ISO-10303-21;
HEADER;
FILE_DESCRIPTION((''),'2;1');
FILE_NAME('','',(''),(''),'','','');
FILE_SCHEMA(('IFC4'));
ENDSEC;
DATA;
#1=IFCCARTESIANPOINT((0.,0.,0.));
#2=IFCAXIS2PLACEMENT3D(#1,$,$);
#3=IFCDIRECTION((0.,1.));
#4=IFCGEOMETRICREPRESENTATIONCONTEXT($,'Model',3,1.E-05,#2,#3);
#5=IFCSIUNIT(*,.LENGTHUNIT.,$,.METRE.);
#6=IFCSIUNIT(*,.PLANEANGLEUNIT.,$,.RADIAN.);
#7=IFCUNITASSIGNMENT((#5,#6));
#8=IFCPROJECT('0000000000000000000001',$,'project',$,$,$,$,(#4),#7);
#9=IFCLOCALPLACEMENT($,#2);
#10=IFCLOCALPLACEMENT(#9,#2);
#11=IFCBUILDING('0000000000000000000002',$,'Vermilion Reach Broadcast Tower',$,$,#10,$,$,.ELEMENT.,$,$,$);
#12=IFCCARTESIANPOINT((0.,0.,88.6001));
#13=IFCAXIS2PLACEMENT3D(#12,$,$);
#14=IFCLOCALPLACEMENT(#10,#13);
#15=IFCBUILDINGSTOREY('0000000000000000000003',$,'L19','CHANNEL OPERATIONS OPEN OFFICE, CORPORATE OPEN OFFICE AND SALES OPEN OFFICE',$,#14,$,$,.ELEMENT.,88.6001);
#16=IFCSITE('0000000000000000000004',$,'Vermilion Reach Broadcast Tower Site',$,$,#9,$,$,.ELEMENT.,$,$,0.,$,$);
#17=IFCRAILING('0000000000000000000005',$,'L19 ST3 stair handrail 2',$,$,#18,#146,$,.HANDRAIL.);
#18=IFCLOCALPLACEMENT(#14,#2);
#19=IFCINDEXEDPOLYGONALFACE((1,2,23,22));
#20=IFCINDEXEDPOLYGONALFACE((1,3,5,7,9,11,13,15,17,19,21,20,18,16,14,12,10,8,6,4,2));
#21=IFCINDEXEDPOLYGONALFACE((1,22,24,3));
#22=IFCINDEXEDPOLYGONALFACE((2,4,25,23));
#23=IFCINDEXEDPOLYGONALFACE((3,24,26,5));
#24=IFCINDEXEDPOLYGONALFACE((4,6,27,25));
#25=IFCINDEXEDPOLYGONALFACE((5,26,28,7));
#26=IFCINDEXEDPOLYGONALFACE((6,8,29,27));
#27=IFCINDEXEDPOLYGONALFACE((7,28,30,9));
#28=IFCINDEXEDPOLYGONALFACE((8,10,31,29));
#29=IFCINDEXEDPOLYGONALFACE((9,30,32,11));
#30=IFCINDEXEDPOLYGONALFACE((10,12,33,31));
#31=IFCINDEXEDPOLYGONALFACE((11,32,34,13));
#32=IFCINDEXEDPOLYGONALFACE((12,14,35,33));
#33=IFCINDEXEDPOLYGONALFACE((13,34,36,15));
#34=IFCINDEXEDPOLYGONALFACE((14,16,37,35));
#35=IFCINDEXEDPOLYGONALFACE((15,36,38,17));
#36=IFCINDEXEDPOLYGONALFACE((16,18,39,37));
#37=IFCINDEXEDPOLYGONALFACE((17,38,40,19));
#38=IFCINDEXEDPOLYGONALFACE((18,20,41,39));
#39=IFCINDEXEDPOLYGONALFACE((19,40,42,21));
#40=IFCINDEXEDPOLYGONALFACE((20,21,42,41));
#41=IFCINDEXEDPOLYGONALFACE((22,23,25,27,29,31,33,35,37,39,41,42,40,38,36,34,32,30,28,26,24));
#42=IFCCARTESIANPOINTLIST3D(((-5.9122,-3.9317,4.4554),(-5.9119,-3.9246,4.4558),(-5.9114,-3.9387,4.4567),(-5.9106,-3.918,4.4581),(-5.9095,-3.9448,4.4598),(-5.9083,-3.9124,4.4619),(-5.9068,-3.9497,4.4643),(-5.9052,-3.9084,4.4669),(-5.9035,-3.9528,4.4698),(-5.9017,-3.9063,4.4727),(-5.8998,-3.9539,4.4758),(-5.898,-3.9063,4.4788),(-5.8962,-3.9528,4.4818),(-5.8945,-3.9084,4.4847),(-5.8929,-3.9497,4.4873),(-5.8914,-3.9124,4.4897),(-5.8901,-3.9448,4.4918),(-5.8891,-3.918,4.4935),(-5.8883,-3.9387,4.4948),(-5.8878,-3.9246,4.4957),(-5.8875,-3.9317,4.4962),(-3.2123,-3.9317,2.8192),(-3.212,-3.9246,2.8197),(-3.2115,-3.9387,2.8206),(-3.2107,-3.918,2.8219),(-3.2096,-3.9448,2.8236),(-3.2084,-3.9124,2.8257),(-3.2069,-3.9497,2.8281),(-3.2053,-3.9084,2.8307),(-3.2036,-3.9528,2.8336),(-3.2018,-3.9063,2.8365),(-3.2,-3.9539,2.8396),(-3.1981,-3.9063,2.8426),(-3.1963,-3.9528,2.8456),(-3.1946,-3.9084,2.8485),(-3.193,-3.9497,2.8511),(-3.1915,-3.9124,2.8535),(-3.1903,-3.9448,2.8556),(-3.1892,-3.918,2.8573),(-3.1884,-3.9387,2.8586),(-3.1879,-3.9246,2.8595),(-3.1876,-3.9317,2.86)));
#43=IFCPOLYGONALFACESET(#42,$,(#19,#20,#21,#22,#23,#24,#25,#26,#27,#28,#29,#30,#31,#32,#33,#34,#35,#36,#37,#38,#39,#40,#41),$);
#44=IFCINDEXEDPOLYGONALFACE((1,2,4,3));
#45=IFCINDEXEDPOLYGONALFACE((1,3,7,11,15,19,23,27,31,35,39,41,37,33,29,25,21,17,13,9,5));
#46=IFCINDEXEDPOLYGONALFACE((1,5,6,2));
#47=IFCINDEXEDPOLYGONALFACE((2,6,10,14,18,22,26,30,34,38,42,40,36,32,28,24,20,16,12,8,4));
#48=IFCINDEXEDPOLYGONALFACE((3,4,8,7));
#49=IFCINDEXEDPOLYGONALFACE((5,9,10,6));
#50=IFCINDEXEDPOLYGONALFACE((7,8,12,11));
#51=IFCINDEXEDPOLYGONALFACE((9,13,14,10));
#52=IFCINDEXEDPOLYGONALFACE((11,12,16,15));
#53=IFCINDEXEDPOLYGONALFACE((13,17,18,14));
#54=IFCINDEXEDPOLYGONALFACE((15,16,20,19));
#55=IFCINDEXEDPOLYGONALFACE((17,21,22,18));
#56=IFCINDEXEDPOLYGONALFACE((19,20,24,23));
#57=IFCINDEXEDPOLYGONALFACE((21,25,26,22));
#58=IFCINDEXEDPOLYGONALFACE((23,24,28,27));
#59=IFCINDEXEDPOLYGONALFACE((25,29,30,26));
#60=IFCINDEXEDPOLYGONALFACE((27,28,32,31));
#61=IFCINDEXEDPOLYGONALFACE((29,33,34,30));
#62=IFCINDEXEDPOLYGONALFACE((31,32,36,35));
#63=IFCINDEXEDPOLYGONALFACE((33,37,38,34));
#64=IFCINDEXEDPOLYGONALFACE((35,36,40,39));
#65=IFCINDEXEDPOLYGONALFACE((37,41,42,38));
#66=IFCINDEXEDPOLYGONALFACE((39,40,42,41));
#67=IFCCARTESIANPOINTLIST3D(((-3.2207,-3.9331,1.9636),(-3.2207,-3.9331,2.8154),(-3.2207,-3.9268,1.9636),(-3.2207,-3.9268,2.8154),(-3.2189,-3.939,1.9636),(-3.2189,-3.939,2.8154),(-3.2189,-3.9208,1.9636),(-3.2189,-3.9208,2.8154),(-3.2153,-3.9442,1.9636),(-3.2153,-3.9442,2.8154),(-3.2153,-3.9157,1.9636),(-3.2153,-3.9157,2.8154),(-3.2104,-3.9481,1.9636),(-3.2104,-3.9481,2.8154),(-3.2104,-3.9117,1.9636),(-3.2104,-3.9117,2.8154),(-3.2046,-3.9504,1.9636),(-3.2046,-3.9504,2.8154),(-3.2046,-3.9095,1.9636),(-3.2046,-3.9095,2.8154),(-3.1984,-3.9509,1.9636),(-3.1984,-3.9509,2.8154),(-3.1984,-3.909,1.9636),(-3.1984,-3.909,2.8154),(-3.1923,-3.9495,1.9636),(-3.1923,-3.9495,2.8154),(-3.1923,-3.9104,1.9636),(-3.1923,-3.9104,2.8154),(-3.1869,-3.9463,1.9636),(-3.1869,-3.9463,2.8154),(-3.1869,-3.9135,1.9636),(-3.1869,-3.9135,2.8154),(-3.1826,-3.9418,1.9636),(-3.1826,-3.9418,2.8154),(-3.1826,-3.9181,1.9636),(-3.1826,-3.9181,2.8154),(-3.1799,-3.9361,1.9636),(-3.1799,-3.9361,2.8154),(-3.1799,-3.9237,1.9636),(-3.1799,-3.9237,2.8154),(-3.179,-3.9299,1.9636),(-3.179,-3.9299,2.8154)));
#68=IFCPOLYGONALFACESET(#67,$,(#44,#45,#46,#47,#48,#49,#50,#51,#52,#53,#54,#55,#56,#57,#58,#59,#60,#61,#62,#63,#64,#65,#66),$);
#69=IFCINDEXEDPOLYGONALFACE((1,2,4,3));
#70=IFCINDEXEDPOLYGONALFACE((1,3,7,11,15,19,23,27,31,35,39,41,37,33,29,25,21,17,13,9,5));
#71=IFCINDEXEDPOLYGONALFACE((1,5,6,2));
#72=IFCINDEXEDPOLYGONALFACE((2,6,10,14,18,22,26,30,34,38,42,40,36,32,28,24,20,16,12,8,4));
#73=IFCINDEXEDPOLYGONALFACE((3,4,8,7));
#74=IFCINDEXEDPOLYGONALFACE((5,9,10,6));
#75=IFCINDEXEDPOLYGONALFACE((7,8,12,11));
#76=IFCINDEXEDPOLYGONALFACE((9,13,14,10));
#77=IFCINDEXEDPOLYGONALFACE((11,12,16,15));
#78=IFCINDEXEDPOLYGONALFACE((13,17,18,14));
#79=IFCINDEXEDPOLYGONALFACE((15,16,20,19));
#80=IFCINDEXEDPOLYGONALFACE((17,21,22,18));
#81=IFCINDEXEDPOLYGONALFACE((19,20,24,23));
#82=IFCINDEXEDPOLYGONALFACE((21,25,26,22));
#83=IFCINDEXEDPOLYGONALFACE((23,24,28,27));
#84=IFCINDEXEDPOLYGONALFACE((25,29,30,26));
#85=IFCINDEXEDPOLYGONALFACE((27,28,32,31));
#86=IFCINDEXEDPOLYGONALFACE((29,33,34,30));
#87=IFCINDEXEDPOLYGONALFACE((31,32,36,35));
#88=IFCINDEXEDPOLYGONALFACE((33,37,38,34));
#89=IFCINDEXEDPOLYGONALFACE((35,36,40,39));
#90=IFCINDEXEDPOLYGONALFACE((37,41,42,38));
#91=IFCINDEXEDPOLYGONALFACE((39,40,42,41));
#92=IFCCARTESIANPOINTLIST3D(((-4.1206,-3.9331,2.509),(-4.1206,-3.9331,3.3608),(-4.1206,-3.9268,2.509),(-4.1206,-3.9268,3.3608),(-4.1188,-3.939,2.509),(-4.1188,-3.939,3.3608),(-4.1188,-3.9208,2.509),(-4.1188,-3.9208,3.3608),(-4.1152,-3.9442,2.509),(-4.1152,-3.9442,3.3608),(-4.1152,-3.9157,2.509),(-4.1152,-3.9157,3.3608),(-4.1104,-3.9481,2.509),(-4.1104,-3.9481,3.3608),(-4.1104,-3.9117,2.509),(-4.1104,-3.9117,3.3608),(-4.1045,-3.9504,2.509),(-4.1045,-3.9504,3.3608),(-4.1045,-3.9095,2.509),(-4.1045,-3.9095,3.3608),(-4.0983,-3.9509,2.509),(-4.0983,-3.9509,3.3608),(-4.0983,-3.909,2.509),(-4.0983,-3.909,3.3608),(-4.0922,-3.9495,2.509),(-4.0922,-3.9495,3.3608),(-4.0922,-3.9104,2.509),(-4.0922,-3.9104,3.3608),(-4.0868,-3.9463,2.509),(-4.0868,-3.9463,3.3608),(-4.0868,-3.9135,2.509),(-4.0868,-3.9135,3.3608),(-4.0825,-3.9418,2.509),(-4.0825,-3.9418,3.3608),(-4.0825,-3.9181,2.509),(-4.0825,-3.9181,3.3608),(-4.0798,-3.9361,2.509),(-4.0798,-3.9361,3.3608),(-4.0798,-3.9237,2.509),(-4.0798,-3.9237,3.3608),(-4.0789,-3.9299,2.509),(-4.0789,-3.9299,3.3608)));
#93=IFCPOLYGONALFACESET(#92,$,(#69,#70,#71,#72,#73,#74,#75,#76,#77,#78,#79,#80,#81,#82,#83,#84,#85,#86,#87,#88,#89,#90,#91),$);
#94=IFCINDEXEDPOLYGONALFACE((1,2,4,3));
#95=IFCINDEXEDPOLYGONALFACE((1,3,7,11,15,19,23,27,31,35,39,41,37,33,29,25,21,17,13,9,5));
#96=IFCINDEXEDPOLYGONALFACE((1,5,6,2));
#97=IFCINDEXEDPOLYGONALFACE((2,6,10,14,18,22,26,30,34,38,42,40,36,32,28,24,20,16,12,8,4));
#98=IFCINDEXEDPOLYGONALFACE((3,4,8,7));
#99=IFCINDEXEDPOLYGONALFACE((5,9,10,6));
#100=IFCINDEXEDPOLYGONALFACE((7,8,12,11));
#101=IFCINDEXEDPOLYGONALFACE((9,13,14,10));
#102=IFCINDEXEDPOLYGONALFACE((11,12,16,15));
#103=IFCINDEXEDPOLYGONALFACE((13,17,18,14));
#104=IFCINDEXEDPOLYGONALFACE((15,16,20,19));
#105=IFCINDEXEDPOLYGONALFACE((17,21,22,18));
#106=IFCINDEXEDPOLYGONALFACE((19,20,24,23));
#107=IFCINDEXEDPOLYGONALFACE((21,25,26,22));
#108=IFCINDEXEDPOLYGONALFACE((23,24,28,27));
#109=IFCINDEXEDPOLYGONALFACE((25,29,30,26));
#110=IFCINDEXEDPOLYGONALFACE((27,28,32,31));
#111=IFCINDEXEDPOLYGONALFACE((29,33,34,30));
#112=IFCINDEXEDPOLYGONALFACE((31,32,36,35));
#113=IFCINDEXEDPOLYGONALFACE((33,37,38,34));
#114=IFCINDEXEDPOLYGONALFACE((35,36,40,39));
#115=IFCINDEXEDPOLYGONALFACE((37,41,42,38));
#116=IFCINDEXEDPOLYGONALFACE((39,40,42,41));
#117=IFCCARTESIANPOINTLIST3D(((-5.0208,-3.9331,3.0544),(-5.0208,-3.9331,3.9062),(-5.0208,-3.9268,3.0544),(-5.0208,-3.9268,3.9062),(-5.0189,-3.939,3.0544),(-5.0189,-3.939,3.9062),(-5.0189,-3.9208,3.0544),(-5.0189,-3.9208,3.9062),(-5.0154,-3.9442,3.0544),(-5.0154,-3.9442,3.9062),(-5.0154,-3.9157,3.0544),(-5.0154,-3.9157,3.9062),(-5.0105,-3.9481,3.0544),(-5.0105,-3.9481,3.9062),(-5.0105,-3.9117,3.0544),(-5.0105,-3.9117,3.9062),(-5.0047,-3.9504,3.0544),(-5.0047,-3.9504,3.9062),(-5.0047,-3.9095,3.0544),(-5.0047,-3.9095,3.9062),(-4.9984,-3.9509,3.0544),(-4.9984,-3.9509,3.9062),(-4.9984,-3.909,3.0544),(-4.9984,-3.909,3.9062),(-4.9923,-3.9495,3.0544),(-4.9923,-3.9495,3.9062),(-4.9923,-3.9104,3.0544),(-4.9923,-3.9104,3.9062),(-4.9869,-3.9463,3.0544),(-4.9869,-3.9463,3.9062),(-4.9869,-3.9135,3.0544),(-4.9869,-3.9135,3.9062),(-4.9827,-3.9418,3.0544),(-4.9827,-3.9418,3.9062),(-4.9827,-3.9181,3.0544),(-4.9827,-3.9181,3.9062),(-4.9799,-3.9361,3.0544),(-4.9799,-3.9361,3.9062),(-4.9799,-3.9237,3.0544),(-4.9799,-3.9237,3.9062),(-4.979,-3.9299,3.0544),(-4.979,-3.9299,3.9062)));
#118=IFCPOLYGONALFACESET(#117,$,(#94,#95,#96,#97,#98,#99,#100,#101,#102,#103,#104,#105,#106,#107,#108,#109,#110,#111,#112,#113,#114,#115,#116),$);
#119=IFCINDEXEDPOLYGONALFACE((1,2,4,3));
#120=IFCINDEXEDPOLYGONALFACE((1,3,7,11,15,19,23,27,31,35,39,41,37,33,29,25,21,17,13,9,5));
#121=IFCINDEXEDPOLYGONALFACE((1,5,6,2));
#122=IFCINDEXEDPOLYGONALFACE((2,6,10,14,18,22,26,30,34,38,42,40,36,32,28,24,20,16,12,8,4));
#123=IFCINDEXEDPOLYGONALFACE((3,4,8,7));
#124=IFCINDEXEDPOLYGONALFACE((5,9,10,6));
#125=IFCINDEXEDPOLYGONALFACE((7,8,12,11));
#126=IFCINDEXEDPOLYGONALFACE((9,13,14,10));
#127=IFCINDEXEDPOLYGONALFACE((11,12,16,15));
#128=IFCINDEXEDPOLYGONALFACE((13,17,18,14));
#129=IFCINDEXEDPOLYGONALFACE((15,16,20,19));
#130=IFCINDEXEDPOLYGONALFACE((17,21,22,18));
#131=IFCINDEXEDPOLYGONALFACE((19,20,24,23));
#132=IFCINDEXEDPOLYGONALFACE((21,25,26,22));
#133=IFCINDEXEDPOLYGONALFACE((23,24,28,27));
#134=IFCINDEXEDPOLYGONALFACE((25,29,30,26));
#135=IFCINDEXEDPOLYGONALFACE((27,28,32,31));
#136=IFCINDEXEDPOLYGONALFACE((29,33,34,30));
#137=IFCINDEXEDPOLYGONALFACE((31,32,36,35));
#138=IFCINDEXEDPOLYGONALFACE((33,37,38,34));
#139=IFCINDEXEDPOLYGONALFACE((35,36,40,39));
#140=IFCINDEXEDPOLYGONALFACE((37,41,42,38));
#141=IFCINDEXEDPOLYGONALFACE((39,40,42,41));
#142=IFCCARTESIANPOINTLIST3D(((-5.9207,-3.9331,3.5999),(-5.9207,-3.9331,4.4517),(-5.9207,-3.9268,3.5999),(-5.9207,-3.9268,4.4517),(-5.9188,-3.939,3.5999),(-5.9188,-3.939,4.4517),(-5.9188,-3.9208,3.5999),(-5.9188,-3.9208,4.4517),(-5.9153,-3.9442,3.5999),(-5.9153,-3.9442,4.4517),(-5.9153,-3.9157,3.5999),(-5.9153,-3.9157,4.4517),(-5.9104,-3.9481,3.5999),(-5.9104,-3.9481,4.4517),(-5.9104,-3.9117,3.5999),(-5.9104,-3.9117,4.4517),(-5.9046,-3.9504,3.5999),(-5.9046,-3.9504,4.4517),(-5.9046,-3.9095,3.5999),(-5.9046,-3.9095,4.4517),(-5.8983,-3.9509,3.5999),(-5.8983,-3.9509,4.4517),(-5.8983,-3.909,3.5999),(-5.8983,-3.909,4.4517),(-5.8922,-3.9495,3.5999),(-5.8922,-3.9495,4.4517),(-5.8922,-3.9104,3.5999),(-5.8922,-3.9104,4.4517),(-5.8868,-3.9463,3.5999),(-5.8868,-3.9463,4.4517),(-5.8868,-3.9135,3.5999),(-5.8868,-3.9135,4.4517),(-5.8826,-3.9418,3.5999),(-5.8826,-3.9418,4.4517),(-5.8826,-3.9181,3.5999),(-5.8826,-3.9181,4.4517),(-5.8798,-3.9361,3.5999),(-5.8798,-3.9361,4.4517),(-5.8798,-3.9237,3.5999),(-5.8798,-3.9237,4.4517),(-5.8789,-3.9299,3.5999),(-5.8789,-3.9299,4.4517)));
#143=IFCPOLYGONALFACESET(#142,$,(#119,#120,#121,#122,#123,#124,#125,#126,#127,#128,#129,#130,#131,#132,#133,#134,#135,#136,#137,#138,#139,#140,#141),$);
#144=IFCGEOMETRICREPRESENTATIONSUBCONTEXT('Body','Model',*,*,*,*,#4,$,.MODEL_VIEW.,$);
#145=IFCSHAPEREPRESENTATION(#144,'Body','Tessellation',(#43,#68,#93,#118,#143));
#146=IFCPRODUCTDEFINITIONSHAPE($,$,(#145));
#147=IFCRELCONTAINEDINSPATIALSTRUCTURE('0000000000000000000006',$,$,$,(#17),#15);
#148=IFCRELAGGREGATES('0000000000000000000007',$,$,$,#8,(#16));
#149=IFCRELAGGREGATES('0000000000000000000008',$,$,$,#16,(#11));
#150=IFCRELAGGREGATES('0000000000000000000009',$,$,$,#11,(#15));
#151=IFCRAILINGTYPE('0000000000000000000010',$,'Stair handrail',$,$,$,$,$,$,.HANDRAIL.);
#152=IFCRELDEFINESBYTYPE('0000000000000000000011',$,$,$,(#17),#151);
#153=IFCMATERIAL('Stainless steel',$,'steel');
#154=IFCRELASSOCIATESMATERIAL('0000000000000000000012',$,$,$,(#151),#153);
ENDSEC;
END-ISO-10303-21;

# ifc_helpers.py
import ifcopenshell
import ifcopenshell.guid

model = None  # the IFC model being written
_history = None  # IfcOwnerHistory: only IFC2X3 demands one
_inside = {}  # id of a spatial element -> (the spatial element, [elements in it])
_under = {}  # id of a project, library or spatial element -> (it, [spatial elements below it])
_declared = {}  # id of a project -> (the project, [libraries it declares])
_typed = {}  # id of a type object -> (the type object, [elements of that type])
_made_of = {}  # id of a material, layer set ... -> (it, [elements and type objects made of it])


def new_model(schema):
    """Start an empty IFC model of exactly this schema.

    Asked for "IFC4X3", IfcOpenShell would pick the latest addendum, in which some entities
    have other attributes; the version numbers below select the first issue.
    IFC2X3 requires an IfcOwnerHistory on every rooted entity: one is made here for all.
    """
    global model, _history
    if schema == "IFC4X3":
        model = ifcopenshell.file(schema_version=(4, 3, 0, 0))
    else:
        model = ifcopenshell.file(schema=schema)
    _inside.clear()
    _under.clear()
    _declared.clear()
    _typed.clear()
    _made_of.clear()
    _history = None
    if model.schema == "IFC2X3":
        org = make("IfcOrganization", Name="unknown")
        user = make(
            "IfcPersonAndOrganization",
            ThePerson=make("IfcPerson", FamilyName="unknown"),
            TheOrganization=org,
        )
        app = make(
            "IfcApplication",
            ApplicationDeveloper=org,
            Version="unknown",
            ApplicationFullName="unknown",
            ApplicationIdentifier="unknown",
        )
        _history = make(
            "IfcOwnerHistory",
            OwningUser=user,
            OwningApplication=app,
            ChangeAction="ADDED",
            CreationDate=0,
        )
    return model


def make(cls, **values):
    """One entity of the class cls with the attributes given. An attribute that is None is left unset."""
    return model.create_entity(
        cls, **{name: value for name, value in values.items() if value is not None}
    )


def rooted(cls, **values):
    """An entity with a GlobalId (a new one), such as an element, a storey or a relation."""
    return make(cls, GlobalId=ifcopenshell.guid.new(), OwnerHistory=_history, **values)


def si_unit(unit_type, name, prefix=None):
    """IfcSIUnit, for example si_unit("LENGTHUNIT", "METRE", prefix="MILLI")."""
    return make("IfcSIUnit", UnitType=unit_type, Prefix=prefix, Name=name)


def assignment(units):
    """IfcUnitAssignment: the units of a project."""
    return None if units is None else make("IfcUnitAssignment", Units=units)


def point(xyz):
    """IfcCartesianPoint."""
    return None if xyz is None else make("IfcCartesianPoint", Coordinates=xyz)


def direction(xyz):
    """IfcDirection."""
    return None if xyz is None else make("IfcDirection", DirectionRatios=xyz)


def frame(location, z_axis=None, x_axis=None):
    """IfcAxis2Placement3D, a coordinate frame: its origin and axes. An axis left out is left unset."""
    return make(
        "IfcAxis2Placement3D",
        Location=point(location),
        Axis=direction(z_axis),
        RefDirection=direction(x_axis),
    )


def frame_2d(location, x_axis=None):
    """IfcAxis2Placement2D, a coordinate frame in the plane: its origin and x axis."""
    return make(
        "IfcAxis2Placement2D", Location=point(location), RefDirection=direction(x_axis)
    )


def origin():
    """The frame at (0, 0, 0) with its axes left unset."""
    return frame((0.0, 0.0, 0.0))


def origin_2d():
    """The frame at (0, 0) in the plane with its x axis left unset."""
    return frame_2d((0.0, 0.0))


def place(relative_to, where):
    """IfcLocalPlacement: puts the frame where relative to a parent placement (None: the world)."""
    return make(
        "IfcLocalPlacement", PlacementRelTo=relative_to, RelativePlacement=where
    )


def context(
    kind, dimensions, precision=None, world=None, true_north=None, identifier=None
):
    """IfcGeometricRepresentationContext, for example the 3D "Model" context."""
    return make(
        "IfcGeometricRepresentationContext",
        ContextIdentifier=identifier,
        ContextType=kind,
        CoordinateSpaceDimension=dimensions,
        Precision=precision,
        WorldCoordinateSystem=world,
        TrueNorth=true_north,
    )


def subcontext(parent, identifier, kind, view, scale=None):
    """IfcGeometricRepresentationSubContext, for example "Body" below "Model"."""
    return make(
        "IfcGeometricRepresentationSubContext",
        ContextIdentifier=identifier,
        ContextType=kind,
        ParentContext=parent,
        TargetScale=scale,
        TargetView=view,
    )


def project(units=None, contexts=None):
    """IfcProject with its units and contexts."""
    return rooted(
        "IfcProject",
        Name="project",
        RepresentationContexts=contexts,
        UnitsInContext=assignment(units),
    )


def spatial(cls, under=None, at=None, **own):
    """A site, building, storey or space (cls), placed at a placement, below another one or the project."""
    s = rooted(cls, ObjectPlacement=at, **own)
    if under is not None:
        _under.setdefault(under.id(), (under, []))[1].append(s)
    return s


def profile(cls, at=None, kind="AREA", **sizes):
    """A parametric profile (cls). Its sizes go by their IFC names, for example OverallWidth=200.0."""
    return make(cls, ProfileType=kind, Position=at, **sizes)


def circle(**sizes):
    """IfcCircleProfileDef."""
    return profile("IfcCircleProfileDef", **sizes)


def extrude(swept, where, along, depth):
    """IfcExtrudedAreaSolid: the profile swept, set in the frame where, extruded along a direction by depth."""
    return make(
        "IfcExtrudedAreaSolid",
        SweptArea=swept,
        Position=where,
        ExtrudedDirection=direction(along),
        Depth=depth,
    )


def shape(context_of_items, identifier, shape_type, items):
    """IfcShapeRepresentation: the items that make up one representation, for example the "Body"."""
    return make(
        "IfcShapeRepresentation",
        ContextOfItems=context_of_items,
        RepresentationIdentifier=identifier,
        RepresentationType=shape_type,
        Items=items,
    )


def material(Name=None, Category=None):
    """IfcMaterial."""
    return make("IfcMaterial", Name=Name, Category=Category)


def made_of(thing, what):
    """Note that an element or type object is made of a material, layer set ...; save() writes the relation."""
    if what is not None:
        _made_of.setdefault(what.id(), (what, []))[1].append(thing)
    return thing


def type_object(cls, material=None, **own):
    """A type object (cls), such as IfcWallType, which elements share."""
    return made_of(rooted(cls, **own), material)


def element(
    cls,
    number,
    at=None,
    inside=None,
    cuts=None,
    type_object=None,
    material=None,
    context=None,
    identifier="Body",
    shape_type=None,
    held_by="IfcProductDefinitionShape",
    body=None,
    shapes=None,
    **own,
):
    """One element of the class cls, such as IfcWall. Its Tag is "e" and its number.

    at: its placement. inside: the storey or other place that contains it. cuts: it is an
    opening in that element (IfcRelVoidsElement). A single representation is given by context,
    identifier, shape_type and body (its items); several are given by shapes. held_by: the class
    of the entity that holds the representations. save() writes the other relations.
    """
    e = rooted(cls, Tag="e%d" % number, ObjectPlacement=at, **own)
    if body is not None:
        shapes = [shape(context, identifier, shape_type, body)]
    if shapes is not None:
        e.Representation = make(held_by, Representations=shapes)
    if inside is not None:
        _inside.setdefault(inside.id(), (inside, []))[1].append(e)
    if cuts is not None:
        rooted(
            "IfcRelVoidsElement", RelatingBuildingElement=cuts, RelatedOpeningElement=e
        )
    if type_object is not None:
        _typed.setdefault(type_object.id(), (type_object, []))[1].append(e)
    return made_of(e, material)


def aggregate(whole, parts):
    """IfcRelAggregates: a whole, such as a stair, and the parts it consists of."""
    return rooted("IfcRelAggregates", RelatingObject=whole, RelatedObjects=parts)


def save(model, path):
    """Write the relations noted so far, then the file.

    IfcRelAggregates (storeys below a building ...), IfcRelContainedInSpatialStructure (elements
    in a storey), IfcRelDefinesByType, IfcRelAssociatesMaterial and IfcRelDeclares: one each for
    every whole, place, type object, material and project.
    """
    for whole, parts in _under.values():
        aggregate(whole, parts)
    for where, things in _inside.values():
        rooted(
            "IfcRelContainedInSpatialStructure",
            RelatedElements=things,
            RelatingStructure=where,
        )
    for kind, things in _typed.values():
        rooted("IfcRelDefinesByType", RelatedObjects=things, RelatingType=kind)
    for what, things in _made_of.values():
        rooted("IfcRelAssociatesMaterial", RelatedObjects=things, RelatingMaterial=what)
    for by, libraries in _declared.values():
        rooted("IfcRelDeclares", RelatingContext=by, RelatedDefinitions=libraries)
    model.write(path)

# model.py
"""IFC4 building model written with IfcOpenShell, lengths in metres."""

from ifc_helpers import new_model, si_unit, direction, frame, origin, origin_2d, place, context, subcontext, project, spatial, circle, extrude, material, type_object, element, save


model = new_model("IFC4")

# Units and contexts
model_context = context("Model", 3, precision=1e-05, world=origin(), true_north=direction((0.0, 1.0)))
body_context = subcontext(model_context, "Body", "Model", "MODEL_VIEW")
ifc_project = project(units=[si_unit("LENGTHUNIT", "METRE"), si_unit("PLANEANGLEUNIT", "RADIAN")], contexts=[model_context])

# Site, building, storey
site_placement = place(None, origin())
site = spatial("IfcSite", under=ifc_project, at=site_placement, Name="Vermilion Reach Broadcast Tower Site", CompositionType="ELEMENT", RefElevation=0.0)
building_placement = place(site_placement, origin())
building = spatial("IfcBuilding", under=site, at=building_placement, Name="Vermilion Reach Broadcast Tower", CompositionType="ELEMENT")
storey_placement = place(building_placement, frame((0.0, 0.0, 88.6001)))
storey = spatial("IfcBuildingStorey", under=building, at=storey_placement, Name="L19", Description="CHANNEL OPERATIONS OPEN OFFICE, CORPORATE OPEN OFFICE AND SALES OPEN OFFICE", CompositionType="ELEMENT", Elevation=88.6001)

# Railing
ifc_material_1 = material(Name="Stainless steel", Category="steel")
railing_type_1 = type_object("IfcRailingType", Name="Stair handrail", PredefinedType="HANDRAIL", material=ifc_material_1)
railing_1_placement = place(storey_placement, frame((-3.2, -3.9299, 1.9636)))
element("IfcRailing", 1, at=railing_1_placement, inside=storey, type_object=railing_type_1, Name="L19 ST3 stair handrail 2", PredefinedType="HANDRAIL", context=body_context, shape_type="SweptSolid", body=[
    extrude(circle(Radius=0.0239, at=origin_2d()), frame((0.0, 0.0, 0.876), z_axis=(-0.855212, 0.0, 0.518278), x_axis=(0.0, -1.0, 0.0)), (0.0, 0.0, 1.0), 3.157),
    extrude(circle(Radius=0.021, at=origin_2d()), origin(), (0.0, 0.0, 1.0), 0.8518),
    extrude(circle(Radius=0.021, at=origin_2d()), frame((-0.8999, 0.0, 0.5454)), (0.0, 0.0, 1.0), 0.8518),
    extrude(circle(Radius=0.021, at=origin_2d()), frame((-1.8, 0.0, 1.0908)), (0.0, 0.0, 1.0), 0.8518),
    extrude(circle(Radius=0.021, at=origin_2d()), frame((-2.7, 0.0, 1.6362)), (0.0, 0.0, 1.0), 0.8518),
])

save(model, "model.ifc")
